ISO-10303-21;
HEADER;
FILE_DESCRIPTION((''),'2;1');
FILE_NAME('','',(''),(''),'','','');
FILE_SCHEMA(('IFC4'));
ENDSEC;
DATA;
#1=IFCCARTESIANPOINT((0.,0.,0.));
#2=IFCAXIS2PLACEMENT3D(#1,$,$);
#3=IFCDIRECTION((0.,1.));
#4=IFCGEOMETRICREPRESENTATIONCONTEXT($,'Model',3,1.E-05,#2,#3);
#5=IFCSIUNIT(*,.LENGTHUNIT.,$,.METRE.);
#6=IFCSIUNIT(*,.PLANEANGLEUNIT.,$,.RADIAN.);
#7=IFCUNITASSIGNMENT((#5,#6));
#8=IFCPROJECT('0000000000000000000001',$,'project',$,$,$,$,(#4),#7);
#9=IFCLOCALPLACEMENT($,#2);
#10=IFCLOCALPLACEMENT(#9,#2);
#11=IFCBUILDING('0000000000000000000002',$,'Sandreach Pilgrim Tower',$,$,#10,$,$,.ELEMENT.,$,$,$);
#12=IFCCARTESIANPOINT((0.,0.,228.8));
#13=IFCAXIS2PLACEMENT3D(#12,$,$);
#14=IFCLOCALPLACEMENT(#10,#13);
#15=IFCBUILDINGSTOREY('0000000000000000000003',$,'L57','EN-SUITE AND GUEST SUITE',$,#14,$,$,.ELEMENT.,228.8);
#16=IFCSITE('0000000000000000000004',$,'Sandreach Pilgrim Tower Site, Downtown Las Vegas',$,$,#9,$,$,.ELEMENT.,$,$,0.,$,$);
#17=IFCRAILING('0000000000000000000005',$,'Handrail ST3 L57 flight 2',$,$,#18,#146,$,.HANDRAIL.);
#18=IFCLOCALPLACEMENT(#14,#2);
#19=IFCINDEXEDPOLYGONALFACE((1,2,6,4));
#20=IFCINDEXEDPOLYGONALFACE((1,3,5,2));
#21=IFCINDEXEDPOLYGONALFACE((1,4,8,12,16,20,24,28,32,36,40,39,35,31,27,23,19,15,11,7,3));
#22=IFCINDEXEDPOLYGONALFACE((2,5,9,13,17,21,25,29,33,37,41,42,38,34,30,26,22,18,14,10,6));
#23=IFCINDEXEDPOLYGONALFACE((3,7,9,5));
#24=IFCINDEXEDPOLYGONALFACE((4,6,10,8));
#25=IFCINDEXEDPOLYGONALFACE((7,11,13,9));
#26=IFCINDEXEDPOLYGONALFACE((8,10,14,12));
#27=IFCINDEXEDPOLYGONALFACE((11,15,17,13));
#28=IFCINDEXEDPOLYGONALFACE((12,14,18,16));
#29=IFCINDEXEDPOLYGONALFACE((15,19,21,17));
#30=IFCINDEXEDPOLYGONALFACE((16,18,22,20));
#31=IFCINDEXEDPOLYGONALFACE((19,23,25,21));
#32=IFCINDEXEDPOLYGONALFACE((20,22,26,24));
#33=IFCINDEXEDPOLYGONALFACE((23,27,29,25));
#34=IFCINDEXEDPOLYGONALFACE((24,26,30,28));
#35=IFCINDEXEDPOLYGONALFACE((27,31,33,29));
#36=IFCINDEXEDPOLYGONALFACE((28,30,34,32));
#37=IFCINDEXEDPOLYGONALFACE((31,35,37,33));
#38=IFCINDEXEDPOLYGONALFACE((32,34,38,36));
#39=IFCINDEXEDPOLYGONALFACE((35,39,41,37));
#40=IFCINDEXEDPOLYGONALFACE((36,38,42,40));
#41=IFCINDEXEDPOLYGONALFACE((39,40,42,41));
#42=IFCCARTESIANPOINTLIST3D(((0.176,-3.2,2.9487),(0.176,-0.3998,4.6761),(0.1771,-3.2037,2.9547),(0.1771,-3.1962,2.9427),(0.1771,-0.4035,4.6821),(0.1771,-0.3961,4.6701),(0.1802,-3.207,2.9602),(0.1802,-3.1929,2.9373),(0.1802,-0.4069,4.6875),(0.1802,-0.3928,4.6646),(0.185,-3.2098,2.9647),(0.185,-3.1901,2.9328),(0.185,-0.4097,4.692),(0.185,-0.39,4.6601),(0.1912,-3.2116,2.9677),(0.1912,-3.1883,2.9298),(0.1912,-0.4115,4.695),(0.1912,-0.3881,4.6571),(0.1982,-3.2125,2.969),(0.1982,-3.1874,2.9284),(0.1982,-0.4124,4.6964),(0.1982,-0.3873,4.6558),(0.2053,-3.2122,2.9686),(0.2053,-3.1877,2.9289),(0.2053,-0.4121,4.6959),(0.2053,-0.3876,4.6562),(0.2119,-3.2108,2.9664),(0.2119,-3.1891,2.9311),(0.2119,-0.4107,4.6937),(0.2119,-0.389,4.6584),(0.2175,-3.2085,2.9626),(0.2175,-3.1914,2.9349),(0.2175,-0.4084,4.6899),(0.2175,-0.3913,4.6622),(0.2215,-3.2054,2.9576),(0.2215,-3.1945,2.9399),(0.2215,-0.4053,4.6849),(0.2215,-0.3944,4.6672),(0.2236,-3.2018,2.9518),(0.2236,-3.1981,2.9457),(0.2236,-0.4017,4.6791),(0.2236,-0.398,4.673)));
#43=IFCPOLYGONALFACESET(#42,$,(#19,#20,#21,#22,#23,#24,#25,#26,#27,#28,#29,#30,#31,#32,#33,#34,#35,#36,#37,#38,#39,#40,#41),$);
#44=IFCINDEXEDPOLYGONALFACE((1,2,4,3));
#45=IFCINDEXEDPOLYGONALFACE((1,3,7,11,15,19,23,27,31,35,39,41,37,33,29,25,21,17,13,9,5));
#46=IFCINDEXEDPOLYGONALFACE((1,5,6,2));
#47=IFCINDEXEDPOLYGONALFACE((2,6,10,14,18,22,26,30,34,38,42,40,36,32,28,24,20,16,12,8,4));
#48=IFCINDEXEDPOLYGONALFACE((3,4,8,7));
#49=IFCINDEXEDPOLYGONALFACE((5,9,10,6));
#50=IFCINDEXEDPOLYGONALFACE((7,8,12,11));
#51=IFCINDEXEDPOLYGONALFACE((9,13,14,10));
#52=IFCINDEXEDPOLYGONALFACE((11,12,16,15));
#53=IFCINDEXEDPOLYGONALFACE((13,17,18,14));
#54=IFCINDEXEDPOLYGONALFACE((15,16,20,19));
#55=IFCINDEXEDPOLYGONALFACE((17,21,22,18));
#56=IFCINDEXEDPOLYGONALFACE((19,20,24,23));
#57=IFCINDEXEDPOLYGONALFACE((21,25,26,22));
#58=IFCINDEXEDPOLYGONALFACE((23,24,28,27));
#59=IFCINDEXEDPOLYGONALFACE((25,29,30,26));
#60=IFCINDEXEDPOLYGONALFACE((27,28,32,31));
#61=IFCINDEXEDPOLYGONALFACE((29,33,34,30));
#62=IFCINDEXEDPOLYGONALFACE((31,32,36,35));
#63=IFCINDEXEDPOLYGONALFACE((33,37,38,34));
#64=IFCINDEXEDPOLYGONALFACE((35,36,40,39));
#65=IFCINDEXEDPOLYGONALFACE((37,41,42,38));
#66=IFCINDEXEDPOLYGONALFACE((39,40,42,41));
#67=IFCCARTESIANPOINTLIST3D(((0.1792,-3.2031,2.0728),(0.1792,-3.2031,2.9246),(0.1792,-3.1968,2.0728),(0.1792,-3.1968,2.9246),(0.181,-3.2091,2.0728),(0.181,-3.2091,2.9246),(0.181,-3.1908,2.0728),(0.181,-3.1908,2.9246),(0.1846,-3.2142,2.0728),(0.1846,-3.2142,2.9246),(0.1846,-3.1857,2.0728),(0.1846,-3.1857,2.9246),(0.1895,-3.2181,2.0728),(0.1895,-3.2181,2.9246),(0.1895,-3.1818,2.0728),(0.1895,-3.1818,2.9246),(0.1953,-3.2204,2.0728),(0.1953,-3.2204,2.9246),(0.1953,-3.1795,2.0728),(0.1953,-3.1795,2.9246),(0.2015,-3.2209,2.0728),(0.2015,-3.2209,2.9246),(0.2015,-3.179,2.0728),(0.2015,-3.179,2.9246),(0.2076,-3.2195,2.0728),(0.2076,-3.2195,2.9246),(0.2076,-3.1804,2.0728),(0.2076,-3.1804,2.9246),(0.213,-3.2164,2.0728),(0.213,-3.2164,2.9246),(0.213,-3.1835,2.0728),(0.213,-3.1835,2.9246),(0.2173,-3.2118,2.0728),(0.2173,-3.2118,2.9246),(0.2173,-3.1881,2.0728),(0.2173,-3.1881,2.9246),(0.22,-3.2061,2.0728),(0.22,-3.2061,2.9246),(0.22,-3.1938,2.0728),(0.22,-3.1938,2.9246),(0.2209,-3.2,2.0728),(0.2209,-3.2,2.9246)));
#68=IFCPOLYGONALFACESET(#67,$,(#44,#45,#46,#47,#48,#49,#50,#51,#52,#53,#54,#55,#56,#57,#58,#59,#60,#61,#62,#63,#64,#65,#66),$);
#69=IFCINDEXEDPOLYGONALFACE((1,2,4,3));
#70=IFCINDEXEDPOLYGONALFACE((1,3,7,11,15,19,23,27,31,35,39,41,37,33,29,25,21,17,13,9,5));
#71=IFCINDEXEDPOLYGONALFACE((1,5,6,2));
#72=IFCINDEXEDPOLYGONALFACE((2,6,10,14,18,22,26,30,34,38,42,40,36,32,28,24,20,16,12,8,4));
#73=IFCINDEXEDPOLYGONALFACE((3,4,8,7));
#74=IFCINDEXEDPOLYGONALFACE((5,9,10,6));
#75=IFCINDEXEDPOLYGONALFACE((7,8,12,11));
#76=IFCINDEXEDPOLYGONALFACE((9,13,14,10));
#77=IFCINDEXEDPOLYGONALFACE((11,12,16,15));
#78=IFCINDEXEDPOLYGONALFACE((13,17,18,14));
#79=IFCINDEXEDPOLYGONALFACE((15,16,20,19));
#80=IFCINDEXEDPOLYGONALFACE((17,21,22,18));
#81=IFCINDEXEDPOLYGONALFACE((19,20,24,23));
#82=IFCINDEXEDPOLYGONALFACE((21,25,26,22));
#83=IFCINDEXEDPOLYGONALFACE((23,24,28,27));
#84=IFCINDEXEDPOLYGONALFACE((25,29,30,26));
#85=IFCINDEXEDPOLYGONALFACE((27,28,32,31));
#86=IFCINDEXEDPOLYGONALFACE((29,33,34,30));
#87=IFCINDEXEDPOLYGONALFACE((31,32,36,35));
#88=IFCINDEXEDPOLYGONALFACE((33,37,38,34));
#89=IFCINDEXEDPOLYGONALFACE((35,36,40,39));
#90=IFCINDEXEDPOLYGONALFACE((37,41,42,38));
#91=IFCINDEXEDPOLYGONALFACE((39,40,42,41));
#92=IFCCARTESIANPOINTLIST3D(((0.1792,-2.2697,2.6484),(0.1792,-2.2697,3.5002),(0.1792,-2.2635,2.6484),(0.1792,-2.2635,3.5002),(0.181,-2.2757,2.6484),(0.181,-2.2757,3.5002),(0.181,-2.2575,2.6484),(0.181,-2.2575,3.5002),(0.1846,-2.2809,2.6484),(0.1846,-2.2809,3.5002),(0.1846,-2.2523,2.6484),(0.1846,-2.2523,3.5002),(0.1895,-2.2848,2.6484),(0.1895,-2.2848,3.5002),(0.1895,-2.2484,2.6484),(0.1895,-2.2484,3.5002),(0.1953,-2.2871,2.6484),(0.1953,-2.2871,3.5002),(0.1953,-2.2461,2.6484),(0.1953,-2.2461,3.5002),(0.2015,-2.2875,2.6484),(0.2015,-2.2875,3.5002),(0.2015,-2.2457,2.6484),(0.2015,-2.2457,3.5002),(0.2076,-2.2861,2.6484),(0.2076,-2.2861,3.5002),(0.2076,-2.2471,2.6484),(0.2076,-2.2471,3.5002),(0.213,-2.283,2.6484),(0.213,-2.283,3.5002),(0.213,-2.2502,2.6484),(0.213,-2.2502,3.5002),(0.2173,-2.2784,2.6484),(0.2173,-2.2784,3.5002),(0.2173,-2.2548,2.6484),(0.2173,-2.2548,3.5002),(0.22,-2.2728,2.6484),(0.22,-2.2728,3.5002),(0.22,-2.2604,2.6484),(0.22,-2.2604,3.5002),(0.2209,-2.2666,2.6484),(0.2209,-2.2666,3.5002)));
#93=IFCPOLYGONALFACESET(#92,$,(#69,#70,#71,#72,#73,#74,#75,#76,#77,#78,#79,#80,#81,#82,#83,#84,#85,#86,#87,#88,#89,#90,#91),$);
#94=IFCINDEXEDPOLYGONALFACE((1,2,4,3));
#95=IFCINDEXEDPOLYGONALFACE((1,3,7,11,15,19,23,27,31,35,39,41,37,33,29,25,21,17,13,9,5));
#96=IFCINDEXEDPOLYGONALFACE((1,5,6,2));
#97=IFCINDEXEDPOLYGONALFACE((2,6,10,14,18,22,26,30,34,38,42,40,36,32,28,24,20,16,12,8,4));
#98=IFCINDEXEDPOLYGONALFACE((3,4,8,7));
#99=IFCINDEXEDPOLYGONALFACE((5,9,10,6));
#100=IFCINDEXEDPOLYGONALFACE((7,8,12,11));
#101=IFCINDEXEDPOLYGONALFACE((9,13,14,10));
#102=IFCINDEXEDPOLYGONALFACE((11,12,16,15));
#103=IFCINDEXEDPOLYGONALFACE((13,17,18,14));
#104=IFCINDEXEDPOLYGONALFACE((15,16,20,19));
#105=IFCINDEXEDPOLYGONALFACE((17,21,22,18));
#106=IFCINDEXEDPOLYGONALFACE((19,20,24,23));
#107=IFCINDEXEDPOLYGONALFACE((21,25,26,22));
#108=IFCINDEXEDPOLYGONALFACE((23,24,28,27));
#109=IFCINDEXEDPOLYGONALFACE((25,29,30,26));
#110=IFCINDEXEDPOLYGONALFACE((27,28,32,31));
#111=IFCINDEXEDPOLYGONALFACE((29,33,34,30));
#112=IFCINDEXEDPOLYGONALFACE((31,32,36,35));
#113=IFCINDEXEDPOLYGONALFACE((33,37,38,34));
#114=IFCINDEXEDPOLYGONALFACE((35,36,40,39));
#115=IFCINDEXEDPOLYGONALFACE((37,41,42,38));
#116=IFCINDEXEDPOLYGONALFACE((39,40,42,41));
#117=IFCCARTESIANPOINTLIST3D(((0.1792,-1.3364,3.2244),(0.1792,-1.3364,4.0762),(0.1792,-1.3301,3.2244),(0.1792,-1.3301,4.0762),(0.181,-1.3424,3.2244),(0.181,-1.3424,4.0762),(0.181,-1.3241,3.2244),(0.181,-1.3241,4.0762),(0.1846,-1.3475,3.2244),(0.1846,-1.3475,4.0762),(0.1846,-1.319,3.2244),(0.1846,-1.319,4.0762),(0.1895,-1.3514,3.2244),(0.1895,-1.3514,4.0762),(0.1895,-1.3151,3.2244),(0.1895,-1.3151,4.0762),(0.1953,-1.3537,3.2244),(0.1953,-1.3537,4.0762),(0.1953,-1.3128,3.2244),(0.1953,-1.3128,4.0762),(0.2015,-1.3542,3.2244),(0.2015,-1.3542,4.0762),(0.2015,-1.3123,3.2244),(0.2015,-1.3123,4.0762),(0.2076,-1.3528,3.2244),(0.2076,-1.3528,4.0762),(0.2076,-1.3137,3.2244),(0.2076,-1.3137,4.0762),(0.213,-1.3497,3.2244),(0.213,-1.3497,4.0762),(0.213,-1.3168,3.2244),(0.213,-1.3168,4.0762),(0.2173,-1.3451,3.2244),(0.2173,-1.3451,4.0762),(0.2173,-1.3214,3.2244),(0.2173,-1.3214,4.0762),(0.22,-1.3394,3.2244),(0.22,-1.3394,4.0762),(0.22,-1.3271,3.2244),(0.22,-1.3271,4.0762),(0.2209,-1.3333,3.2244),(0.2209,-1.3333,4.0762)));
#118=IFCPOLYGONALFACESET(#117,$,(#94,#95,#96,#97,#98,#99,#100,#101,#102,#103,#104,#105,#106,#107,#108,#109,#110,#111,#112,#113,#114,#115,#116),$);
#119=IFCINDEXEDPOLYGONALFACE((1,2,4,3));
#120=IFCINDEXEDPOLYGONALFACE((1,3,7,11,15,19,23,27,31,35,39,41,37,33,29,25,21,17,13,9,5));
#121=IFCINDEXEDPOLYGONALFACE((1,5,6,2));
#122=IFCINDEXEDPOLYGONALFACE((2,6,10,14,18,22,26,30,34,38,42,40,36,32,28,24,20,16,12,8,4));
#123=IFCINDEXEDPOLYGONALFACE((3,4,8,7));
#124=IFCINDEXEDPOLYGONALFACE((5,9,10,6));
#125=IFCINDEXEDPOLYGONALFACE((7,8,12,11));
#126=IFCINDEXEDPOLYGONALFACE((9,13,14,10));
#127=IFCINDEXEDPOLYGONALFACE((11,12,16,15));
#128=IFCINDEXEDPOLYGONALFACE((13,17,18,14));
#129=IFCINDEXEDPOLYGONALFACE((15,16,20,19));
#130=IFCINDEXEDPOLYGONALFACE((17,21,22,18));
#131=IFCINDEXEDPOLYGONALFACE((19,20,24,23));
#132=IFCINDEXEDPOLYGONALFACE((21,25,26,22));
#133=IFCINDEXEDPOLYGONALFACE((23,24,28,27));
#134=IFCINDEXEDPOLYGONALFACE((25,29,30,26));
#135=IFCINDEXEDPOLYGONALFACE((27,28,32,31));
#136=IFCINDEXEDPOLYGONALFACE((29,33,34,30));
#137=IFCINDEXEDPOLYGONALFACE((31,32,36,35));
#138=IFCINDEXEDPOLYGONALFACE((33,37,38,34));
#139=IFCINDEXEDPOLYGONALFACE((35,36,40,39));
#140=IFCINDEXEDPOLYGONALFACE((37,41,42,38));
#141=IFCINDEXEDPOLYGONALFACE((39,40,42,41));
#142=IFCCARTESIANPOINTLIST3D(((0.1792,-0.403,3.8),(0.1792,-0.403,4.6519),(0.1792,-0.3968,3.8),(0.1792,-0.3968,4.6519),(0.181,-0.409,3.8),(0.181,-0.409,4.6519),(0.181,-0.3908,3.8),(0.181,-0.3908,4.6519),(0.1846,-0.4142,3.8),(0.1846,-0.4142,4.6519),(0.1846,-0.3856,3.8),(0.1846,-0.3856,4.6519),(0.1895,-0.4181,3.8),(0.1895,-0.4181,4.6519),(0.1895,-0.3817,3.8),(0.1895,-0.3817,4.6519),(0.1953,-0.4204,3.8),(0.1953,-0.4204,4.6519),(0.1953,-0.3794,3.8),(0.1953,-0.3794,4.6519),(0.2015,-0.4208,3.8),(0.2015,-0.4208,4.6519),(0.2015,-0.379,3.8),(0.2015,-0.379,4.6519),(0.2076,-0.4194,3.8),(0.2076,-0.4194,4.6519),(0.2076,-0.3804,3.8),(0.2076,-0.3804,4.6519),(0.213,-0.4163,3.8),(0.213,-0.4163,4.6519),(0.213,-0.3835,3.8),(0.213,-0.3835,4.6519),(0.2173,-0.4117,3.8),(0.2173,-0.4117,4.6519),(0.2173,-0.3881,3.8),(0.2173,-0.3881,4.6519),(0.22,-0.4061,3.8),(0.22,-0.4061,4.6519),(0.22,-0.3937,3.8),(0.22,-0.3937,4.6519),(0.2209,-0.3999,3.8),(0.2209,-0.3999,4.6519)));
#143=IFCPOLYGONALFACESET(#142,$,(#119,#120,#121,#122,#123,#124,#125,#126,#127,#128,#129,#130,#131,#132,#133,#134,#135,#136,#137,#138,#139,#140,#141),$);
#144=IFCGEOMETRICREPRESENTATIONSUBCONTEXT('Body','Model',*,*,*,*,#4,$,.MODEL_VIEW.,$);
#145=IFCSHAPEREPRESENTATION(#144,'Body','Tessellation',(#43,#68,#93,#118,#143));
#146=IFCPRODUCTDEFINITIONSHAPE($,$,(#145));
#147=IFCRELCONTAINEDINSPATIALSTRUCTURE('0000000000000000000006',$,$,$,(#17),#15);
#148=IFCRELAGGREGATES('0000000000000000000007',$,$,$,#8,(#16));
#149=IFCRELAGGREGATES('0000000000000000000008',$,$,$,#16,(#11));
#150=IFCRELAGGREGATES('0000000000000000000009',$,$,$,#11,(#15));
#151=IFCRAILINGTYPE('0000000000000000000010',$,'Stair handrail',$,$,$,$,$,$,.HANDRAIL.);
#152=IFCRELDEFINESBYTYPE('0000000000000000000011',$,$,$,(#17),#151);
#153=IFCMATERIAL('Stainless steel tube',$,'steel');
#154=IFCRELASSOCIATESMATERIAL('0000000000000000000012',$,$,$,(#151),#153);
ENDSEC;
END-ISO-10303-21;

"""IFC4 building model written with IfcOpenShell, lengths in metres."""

from ifc_helpers import new_model, si_unit, direction, frame, origin, origin_2d, place, context, subcontext, project, spatial, circle, extrude, material, type_object, element, save


model = new_model("IFC4")

# Units and contexts
model_context = context("Model", 3, precision=1e-05, world=origin(), true_north=direction((0.0, 1.0)))
body_context = subcontext(model_context, "Body", "Model", "MODEL_VIEW")
ifc_project = project(units=[si_unit("LENGTHUNIT", "METRE"), si_unit("PLANEANGLEUNIT", "RADIAN")], contexts=[model_context])

# Site, building, storey
site_placement = place(None, origin())
site = spatial("IfcSite", under=ifc_project, at=site_placement, Name="Sandreach Pilgrim Tower Site, Downtown Las Vegas", CompositionType="ELEMENT", RefElevation=0.0)
building_placement = place(site_placement, origin())
building = spatial("IfcBuilding", under=site, at=building_placement, Name="Sandreach Pilgrim Tower", CompositionType="ELEMENT")
storey_placement = place(building_placement, frame((0.0, 0.0, 228.8)))
storey = spatial("IfcBuildingStorey", under=building, at=storey_placement, Name="L57", Description="EN-SUITE AND GUEST SUITE", CompositionType="ELEMENT", Elevation=228.8)

# Railing
ifc_material_1 = material(Name="Stainless steel tube", Category="steel")
railing_type = type_object("IfcRailingType", Name="Stair handrail", PredefinedType="HANDRAIL", material=ifc_material_1)
for number, where, name in (
    (1, (0.2, -3.2, 2.0728), "Handrail ST3 L57 flight 2"),
):
    element("IfcRailing", number, at=place(storey_placement, frame(where)), inside=storey, type_object=railing_type, Name=name, PredefinedType="HANDRAIL", context=body_context, shape_type="SweptSolid", body=[
        extrude(circle(Radius=0.0239, at=origin_2d()), frame((0.0, 0.0, 0.876), z_axis=(0.0, 0.85109, 0.52502), x_axis=(-1.0, 0.0, 0.0)), (0.0, 0.0, 1.0), 3.29),
        extrude(circle(Radius=0.021, at=origin_2d()), origin(), (0.0, 0.0, 1.0), 0.8518),
        extrude(circle(Radius=0.021, at=origin_2d()), frame((0.0, 0.9333, 0.5757)), (0.0, 0.0, 1.0), 0.8518),
        extrude(circle(Radius=0.021, at=origin_2d()), frame((0.0, 1.8667, 1.1516)), (0.0, 0.0, 1.0), 0.8518),
        extrude(circle(Radius=0.021, at=origin_2d()), frame((0.0, 2.8, 1.7273)), (0.0, 0.0, 1.0), 0.8518),
    ])

save(model, "model.ifc")
